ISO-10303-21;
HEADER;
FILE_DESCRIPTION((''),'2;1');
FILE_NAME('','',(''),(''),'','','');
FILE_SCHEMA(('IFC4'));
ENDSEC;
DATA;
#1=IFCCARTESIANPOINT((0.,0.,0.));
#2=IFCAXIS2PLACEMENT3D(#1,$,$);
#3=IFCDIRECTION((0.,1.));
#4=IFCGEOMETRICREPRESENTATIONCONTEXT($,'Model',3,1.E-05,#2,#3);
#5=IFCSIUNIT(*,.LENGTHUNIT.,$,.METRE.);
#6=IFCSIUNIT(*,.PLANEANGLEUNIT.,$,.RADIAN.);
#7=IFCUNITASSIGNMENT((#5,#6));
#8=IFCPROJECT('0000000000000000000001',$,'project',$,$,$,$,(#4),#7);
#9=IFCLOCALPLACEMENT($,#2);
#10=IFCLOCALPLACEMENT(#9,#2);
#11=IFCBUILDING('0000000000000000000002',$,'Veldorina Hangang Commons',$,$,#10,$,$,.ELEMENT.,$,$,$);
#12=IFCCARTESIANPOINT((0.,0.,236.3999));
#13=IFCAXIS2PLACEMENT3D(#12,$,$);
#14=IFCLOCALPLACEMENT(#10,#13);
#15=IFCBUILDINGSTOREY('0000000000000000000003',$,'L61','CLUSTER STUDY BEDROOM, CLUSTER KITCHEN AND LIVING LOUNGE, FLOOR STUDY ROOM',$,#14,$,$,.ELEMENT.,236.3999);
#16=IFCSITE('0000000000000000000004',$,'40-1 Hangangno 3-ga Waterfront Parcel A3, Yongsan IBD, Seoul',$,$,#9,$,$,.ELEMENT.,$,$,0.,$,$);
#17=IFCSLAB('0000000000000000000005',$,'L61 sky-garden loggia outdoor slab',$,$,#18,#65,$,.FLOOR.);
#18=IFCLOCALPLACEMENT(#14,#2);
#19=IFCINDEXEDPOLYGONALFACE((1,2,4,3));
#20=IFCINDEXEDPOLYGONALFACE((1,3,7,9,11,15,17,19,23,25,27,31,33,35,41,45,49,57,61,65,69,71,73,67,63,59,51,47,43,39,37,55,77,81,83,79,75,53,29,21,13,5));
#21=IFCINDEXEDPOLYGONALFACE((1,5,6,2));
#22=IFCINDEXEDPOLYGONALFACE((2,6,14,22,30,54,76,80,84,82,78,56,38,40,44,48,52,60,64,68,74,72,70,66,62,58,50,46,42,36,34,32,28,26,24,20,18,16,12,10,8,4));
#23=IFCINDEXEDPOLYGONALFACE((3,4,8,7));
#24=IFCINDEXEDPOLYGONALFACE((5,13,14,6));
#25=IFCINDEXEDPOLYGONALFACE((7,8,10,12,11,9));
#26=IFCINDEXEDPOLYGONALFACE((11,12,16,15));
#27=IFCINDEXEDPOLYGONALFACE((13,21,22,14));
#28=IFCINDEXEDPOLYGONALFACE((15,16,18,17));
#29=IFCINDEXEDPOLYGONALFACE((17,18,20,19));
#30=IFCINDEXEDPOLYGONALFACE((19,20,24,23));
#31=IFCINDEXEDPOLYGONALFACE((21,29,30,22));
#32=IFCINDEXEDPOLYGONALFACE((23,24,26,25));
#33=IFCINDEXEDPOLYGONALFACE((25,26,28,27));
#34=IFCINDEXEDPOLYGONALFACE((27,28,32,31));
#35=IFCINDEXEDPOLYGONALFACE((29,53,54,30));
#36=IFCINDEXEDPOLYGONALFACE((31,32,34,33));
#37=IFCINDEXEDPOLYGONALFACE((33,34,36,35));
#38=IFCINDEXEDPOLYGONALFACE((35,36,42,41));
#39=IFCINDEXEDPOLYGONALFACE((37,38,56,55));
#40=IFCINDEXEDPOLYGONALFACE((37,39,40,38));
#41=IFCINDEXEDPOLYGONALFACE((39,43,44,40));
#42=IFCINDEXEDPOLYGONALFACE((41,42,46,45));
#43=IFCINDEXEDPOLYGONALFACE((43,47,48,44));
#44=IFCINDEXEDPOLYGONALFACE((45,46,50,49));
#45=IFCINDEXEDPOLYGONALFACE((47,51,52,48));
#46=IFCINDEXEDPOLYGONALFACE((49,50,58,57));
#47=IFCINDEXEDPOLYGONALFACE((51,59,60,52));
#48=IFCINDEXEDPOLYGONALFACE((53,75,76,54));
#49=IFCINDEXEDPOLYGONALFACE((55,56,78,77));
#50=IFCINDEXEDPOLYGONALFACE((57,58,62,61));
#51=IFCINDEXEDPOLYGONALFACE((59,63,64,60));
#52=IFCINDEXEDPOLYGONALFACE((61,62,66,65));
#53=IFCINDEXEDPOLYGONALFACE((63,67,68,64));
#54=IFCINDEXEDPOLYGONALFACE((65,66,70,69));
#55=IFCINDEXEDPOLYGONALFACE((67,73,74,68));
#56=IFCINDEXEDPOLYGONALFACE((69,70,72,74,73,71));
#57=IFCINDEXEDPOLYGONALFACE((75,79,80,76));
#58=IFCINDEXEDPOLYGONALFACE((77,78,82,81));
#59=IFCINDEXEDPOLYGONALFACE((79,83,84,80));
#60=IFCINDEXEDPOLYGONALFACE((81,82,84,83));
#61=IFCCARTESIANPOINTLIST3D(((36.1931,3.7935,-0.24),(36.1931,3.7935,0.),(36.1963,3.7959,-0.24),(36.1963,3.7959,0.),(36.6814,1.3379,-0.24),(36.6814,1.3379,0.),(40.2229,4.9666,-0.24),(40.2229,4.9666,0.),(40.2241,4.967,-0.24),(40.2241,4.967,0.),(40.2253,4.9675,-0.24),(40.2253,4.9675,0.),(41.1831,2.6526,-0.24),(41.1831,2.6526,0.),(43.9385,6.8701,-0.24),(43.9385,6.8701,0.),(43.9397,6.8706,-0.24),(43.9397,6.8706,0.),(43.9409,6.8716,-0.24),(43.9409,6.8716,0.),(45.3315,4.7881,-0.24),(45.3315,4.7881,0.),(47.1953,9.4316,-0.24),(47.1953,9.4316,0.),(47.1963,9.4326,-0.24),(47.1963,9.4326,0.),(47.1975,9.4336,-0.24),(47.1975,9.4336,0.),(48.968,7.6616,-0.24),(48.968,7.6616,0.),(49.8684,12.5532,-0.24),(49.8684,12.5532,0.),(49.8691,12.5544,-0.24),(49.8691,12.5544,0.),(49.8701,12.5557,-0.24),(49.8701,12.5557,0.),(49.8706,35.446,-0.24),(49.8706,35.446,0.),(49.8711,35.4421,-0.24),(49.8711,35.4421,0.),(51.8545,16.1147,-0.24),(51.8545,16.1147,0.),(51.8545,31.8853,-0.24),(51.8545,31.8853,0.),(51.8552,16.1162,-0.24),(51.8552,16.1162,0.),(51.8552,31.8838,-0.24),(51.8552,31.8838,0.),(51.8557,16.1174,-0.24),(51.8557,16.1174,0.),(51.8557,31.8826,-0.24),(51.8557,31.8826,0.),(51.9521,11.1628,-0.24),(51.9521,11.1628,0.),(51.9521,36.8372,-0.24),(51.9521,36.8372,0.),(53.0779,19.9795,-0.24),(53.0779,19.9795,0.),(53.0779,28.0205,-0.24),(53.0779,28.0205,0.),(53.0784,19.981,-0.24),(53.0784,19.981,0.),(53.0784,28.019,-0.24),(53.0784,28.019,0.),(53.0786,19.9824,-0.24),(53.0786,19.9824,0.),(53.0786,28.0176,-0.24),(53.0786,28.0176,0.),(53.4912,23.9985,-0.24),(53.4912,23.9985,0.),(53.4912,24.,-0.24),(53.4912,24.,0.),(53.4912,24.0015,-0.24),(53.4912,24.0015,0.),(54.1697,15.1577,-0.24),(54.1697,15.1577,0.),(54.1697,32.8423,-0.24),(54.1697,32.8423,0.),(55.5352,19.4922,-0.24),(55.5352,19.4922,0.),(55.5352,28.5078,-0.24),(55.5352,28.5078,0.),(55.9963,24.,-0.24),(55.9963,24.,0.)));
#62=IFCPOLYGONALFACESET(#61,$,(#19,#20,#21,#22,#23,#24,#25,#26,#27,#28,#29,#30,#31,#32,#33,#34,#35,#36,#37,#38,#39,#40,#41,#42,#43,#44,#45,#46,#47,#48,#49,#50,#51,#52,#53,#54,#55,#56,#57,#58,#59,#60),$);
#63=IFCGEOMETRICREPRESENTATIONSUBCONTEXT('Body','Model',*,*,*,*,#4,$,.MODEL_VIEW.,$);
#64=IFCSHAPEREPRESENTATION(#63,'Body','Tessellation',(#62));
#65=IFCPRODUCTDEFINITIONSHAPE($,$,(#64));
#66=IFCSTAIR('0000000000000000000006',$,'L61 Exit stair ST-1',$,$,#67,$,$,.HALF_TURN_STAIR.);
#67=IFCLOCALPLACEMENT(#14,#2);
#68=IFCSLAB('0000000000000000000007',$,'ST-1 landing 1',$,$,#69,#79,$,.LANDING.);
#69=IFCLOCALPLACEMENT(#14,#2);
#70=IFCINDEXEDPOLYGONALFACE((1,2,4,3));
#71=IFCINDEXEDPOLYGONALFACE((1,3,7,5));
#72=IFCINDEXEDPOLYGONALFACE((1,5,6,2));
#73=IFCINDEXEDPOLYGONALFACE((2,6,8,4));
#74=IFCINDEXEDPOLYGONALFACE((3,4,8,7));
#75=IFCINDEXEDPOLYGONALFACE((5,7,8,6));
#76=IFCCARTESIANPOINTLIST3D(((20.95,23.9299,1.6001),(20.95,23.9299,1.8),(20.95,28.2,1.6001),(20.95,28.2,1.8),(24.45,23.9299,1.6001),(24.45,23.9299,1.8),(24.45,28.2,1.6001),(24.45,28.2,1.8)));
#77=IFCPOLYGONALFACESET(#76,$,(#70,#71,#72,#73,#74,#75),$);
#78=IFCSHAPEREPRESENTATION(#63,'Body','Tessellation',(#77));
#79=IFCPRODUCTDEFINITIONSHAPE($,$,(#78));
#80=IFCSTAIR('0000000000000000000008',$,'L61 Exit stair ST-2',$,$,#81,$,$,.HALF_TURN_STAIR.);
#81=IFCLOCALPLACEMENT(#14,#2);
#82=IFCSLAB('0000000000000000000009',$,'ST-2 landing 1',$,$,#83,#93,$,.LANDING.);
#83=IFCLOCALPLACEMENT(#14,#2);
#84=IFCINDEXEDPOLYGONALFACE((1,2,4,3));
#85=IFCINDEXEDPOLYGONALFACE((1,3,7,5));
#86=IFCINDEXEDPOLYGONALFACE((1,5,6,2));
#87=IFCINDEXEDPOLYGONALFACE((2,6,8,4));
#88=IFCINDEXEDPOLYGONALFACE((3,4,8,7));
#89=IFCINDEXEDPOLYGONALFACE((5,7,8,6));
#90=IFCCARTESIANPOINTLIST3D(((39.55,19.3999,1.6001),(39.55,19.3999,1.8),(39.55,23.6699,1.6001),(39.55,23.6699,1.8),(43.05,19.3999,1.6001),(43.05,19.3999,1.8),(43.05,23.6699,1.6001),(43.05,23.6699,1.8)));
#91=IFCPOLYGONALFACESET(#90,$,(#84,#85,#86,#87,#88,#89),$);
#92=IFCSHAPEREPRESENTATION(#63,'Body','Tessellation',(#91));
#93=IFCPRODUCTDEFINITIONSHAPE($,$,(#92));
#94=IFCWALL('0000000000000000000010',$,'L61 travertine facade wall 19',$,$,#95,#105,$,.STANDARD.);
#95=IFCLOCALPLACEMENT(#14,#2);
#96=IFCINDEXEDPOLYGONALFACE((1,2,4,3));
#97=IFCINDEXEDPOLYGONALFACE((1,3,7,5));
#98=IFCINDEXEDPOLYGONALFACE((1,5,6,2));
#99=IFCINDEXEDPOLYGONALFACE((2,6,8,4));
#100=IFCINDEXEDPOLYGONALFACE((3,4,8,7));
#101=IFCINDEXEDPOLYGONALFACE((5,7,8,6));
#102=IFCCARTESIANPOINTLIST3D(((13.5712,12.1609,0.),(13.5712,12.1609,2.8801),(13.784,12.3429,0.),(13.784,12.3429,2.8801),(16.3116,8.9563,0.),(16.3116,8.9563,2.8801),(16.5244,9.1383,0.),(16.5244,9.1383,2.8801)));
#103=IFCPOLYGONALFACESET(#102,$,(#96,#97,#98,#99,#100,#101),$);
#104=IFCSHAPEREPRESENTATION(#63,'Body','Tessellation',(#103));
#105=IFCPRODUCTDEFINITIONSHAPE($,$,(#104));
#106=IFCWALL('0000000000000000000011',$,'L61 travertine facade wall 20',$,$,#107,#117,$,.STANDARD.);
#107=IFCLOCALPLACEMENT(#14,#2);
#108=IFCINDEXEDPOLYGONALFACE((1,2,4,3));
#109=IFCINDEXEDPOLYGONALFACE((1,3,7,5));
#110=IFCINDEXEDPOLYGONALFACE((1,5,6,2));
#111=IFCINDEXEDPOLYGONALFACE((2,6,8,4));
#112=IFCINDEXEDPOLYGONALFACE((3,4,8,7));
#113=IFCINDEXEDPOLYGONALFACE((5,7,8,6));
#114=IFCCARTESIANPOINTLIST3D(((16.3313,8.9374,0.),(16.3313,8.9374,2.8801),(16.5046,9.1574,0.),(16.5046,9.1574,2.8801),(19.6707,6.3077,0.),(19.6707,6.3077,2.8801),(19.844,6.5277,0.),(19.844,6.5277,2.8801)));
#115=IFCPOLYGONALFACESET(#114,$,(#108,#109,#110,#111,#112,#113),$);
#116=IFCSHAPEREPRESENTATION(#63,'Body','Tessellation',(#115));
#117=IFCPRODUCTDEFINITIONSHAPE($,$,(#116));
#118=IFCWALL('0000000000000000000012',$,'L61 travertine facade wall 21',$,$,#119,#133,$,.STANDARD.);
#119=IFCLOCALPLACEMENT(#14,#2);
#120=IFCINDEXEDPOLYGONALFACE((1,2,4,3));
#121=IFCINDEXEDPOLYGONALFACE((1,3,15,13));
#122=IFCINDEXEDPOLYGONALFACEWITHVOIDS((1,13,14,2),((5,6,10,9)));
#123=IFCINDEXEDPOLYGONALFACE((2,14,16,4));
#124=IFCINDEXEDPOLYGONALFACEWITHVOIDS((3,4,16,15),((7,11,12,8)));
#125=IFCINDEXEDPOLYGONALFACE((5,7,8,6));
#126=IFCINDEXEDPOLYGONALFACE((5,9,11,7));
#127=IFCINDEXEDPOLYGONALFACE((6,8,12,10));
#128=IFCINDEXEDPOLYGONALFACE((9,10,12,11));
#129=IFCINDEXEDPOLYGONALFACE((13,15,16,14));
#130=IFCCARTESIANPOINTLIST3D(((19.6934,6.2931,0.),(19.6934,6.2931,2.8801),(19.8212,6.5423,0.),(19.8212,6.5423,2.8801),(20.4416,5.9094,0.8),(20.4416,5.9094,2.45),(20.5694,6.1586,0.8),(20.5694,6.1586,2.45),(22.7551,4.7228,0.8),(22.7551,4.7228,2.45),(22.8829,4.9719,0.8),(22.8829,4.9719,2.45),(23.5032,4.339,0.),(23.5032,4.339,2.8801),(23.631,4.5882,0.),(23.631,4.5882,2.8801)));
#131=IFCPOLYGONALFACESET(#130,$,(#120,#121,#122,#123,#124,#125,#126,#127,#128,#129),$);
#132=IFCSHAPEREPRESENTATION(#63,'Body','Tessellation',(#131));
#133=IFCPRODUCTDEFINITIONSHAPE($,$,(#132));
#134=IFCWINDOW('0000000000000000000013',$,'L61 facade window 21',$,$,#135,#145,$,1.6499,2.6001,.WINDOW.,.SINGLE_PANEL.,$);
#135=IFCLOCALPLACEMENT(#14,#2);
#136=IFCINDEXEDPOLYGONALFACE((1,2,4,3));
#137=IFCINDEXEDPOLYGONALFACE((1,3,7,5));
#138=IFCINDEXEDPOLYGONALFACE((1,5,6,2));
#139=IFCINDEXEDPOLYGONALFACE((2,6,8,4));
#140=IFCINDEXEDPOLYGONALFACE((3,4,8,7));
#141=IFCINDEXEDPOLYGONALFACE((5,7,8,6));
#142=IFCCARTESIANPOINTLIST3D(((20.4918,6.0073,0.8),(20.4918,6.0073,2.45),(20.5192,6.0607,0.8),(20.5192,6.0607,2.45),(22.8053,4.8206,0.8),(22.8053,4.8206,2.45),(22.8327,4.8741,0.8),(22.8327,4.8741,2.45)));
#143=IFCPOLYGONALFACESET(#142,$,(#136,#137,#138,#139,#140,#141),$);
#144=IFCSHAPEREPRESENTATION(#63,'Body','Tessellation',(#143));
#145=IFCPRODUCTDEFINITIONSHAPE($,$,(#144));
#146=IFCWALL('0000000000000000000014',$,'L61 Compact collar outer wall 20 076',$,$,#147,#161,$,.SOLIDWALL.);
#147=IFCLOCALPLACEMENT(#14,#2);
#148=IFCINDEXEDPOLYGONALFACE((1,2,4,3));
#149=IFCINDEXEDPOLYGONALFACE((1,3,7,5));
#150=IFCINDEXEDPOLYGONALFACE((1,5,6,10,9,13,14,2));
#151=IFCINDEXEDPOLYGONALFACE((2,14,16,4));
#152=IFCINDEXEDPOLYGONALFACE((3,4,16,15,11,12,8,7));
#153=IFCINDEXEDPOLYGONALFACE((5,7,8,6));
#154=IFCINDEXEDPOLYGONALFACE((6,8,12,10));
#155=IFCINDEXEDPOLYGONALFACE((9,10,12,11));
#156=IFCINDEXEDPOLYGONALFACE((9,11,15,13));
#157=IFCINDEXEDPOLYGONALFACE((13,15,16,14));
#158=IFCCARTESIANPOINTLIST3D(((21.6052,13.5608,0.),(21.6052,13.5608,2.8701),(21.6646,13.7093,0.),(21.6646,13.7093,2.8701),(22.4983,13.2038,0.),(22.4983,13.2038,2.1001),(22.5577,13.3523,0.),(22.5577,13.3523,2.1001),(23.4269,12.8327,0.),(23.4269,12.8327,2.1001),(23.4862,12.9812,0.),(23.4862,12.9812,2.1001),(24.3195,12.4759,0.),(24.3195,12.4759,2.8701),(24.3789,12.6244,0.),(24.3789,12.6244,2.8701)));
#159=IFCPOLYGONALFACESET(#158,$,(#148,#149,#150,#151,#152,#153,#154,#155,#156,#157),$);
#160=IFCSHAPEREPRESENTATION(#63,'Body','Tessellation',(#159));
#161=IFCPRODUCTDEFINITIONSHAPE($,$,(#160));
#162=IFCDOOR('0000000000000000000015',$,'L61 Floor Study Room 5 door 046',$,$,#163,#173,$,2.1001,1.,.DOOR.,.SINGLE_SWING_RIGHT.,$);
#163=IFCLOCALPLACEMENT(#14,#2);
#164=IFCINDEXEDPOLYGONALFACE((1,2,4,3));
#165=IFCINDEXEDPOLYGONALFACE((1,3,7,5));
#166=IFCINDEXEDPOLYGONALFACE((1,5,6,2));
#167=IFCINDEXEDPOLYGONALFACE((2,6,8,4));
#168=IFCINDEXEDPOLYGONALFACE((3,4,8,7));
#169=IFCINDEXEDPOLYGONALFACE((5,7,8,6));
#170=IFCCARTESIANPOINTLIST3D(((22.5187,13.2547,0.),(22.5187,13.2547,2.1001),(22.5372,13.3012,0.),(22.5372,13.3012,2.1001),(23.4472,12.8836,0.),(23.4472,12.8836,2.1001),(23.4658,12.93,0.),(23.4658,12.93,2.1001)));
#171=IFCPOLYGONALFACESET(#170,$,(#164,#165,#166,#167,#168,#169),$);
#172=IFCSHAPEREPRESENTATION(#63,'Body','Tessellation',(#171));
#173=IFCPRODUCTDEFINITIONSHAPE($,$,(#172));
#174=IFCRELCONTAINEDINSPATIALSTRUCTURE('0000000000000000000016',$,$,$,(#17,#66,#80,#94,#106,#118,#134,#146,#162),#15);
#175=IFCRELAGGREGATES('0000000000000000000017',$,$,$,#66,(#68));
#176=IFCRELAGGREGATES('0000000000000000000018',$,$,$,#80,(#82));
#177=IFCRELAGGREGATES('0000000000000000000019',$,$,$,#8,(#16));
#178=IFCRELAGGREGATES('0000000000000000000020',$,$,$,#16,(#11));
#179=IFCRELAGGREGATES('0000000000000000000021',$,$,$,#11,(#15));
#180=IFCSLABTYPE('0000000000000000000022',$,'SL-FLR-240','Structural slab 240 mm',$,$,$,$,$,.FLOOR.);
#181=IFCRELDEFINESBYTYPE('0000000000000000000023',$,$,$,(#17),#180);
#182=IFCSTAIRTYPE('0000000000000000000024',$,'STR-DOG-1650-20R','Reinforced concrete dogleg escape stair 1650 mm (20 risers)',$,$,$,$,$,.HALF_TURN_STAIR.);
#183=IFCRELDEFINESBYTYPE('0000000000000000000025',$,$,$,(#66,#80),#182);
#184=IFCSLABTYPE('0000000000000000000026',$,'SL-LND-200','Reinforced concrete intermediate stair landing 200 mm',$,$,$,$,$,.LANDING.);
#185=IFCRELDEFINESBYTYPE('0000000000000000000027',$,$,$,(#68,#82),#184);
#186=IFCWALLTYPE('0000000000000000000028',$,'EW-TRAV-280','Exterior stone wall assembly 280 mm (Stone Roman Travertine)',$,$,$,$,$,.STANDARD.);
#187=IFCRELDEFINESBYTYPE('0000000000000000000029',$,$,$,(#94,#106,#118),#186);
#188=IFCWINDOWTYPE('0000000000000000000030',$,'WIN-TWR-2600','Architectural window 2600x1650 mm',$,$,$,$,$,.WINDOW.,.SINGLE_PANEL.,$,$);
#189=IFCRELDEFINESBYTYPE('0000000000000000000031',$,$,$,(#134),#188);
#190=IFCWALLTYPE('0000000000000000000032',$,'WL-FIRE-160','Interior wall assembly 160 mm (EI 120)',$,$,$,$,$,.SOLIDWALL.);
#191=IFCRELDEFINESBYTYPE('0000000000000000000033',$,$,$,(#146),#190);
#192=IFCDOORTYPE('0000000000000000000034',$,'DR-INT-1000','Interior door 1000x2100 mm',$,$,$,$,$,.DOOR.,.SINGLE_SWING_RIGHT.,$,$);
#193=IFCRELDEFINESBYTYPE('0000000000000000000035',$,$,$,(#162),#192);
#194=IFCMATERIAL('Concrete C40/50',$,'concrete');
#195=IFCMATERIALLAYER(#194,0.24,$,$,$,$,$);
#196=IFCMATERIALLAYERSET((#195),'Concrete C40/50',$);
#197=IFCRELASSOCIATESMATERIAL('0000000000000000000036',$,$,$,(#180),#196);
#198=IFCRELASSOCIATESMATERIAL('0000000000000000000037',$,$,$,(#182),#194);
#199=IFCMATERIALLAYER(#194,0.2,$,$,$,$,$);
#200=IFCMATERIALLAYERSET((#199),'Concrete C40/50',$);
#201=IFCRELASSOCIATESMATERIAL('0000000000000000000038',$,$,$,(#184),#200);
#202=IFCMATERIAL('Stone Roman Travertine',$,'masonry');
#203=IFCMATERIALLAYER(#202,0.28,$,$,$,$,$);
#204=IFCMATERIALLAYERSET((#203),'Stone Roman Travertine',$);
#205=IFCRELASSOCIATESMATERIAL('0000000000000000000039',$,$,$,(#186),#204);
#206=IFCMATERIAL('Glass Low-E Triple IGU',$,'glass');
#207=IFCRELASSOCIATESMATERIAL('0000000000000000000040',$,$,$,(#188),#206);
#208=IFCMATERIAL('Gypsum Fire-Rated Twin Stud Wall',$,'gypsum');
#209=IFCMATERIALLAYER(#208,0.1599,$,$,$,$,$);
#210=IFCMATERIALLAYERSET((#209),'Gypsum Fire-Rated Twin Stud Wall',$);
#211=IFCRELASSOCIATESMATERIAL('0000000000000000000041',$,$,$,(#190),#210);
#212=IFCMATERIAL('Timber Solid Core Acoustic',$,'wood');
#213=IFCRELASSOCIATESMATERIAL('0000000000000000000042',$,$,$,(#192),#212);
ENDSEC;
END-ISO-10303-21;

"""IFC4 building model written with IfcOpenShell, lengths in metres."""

from ifc_helpers import new_model, si_unit, direction, frame, frame_2d, origin, place, context, subcontext, project, spatial, polyline, rectangle, outline, extrude, material, layer, layer_set, type_object, element, fill, aggregate, save


model = new_model("IFC4")

# Units and contexts
model_context = context("Model", 3, precision=1e-05, world=origin(), true_north=direction((0.0, 1.0)))
body_context = subcontext(model_context, "Body", "Model", "MODEL_VIEW")
ifc_project = project(units=[si_unit("LENGTHUNIT", "METRE"), si_unit("PLANEANGLEUNIT", "RADIAN")], contexts=[model_context])

# Site, building, storey
site_placement = place(None, origin())
site = spatial("IfcSite", under=ifc_project, at=site_placement, Name="40-1 Hangangno 3-ga Waterfront Parcel A3, Yongsan IBD, Seoul", CompositionType="ELEMENT", RefElevation=0.0)
building_placement = place(site_placement, origin())
building = spatial("IfcBuilding", under=site, at=building_placement, Name="Veldorina Hangang Commons", CompositionType="ELEMENT")
storey_placement = place(building_placement, frame((0.0, 0.0, 236.3999)))
storey = spatial("IfcBuildingStorey", under=building, at=storey_placement, Name="L61", Description="CLUSTER STUDY BEDROOM, CLUSTER KITCHEN AND LIVING LOUNGE, FLOOR STUDY ROOM", CompositionType="ELEMENT", Elevation=236.3999)

# Slab
ifc_material_1 = material(Name="Concrete C40/50", Category="concrete")
ifc_layer_1 = layer(ifc_material_1, 0.24)
ifc_layer_set_1 = layer_set([ifc_layer_1], Name="Concrete C40/50")
slab_type_1 = type_object("IfcSlabType", Name="SL-FLR-240", Description="Structural slab 240 mm", PredefinedType="FLOOR", material=ifc_layer_set_1)
slab_1_placement = place(storey_placement, frame((0.0, 0.0, -0.24)))
element("IfcSlab", 1, at=slab_1_placement, inside=storey, type_object=slab_type_1, Name="L61 sky-garden loggia outdoor slab", PredefinedType="FLOOR", context=body_context, shape_type="SweptSolid", body=[
    extrude(outline(polyline([(51.9521, 36.8372), (54.1697, 32.8423), (55.5352, 28.5078), (55.9963, 24.0), (55.5352, 19.4922), (54.1697, 15.1577), (51.9521, 11.1628), (48.968, 7.6616), (45.3315, 4.7881), (41.1831, 2.6526), (36.6814, 1.3379), (36.1931, 3.7935), (36.1963, 3.7959), (40.2229, 4.9666), (40.2241, 4.967), (40.2253, 4.9675), (43.9385, 6.8701), (43.9397, 6.8706), (43.9409, 6.8716), (47.1953, 9.4316), (47.1963, 9.4326), (47.1975, 9.4336), (49.8684, 12.5532), (49.8691, 12.5544), (49.8701, 12.5557), (51.8545, 16.1147), (51.8552, 16.1162), (51.8557, 16.1174), (53.0779, 19.9795), (53.0784, 19.981), (53.0786, 19.9824), (53.4912, 23.9985), (53.4912, 24.0), (53.4912, 24.0015), (53.0786, 28.0176), (53.0784, 28.019), (53.0779, 28.0205), (51.8557, 31.8826), (51.8552, 31.8838), (51.8545, 31.8853), (49.8711, 35.4421), (49.8706, 35.446), (51.9521, 36.8372)])), origin(), (0.0, 0.0, 1.0), 0.24),
])

# Stairs, slabs
stair_type = type_object("IfcStairType", Name="STR-DOG-1650-20R", Description="Reinforced concrete dogleg escape stair 1650 mm (20 risers)", PredefinedType="HALF_TURN_STAIR", material=ifc_material_1)
stair_1_placement = place(storey_placement, origin())
stair_1 = element("IfcStair", 2, at=stair_1_placement, inside=storey, type_object=stair_type, Name="L61 Exit stair ST-1", PredefinedType="HALF_TURN_STAIR")
ifc_layer_2 = layer(ifc_material_1, 0.2)
ifc_layer_set_2 = layer_set([ifc_layer_2], Name="Concrete C40/50")
slab_type_2 = type_object("IfcSlabType", Name="SL-LND-200", Description="Reinforced concrete intermediate stair landing 200 mm", PredefinedType="LANDING", material=ifc_layer_set_2)
slab_2_placement = place(storey_placement, frame((0.0, 0.0, 1.6001)))
slab_2 = element("IfcSlab", 3, at=slab_2_placement, type_object=slab_type_2, Name="ST-1 landing 1", PredefinedType="LANDING", context=body_context, shape_type="SweptSolid", body=[
    extrude(outline(polyline([(24.45, 23.9299), (24.45, 28.2), (20.95, 28.2), (20.95, 23.9299), (24.45, 23.9299)])), origin(), (0.0, 0.0, 1.0), 0.2),
])
aggregate(stair_1, [slab_2])
stair_2_placement = place(storey_placement, origin())
stair_2 = element("IfcStair", 4, at=stair_2_placement, inside=storey, type_object=stair_type, Name="L61 Exit stair ST-2", PredefinedType="HALF_TURN_STAIR")
slab_3_placement = place(storey_placement, frame((0.0, 0.0, 1.6001)))
slab_3 = element("IfcSlab", 5, at=slab_3_placement, type_object=slab_type_2, Name="ST-2 landing 1", PredefinedType="LANDING", context=body_context, shape_type="SweptSolid", body=[
    extrude(outline(polyline([(39.55, 23.6699), (39.55, 19.3999), (43.05, 19.3999), (43.05, 23.6699), (39.55, 23.6699)])), origin(), (0.0, 0.0, 1.0), 0.2),
])
aggregate(stair_2, [slab_3])

# Walls
ifc_material_2 = material(Name="Stone Roman Travertine", Category="masonry")
ifc_layer_3 = layer(ifc_material_2, 0.28)
ifc_layer_set_3 = layer_set([ifc_layer_3], Name="Stone Roman Travertine")
wall_type_1 = type_object("IfcWallType", Name="EW-TRAV-280", Description="Exterior stone wall assembly 280 mm (Stone Roman Travertine)", PredefinedType="STANDARD", material=ifc_layer_set_3)
wall_1_placement = place(storey_placement, frame((13.6775, 12.252, 0.0), z_axis=(0.0, 0.0, 1.0), x_axis=(0.649928, -0.759996, 0.0)))
element("IfcWall", 6, at=wall_1_placement, inside=storey, type_object=wall_type_1, Name="L61 travertine facade wall 19", PredefinedType="STANDARD", context=body_context, shape_type="SweptSolid", body=[
    extrude(rectangle(XDim=4.2166, YDim=0.28, at=frame_2d((2.1084, 0.0))), origin(), (0.0, 0.0, 1.0), 2.8801),
])
wall_2_placement = place(storey_placement, frame((16.418, 9.0474, 0.0), z_axis=(0.0, 0.0, 1.0), x_axis=(0.785648, -0.618674, 0.0)))
element("IfcWall", 7, at=wall_2_placement, inside=storey, type_object=wall_type_1, Name="L61 travertine facade wall 20", PredefinedType="STANDARD", context=body_context, shape_type="SweptSolid", body=[
    extrude(rectangle(XDim=4.2505, YDim=0.28, at=frame_2d((2.1252, 0.0))), origin(), (0.0, 0.0, 1.0), 2.8801),
])

# Wall, opening, window
wall_3_placement = place(storey_placement, frame((19.7573, 6.4177, 0.0), z_axis=(0.0, 0.0, 1.0), x_axis=(0.889784, -0.456381, 0.0)))
wall_3 = element("IfcWall", 8, at=wall_3_placement, inside=storey, type_object=wall_type_1, Name="L61 travertine facade wall 21", PredefinedType="STANDARD", context=body_context, shape_type="SweptSolid", body=[
    extrude(rectangle(XDim=4.2817, YDim=0.28, at=frame_2d((2.1409, 0.0))), origin(), (0.0, 0.0, 1.0), 2.8801),
])
opening_1_placement = place(wall_3_placement, frame((0.8408, 0.0, 0.8)))
opening_1 = element("IfcOpeningElement", 9, at=opening_1_placement, cuts=wall_3, PredefinedType="OPENING", context=body_context, shape_type="SweptSolid", body=[
    extrude(rectangle(XDim=2.6001, YDim=1.6499, at=frame_2d((1.3, 0.825))), frame((0.0, 0.1499, 0.0), z_axis=(0.0, -1.0, 0.0), x_axis=(1.0, 0.0, 0.0)), (0.0, 0.0, 1.0), 0.3),
])
ifc_material_3 = material(Name="Glass Low-E Triple IGU", Category="glass")
window_type = type_object("IfcWindowType", Name="WIN-TWR-2600", Description="Architectural window 2600x1650 mm", PartitioningType="SINGLE_PANEL", PredefinedType="WINDOW", material=ifc_material_3)
window_placement = place(opening_1_placement, origin())
window = element("IfcWindow", 10, at=window_placement, inside=storey, type_object=window_type, Name="L61 facade window 21", OverallHeight=1.6499, OverallWidth=2.6001, PartitioningType="SINGLE_PANEL", PredefinedType="WINDOW", context=body_context, shape_type="SweptSolid", body=[
    extrude(rectangle(XDim=2.6001, YDim=1.6499, at=frame_2d((1.3, 0.825))), frame((0.0, 0.03, 0.0), z_axis=(0.0, -1.0, 0.0), x_axis=(1.0, 0.0, 0.0)), (0.0, 0.0, 1.0), 0.0601),
])
fill(opening_1, window)

# Wall, opening, door
ifc_material_4 = material(Name="Gypsum Fire-Rated Twin Stud Wall", Category="gypsum")
ifc_layer_4 = layer(ifc_material_4, 0.1599)
ifc_layer_set_4 = layer_set([ifc_layer_4], Name="Gypsum Fire-Rated Twin Stud Wall")
wall_type_2 = type_object("IfcWallType", Name="WL-FIRE-160", Description="Interior wall assembly 160 mm (EI 120)", PredefinedType="SOLIDWALL", material=ifc_layer_set_4)
wall_4_placement = place(storey_placement, frame((21.635, 13.635, 0.0), z_axis=(0.0, 0.0, 1.0), x_axis=(0.928569, -0.37116, 0.0)))
wall_4 = element("IfcWall", 11, at=wall_4_placement, inside=storey, type_object=wall_type_2, Name="L61 Compact collar outer wall 20 076", PredefinedType="SOLIDWALL", context=body_context, shape_type="SweptSolid", body=[
    extrude(rectangle(XDim=2.9231, YDim=0.1599, at=frame_2d((1.4614, 0.0))), origin(), (0.0, 0.0, 1.0), 2.8701),
])
opening_2_placement = place(wall_4_placement, frame((0.9617, 0.0, 0.0)))
opening_2 = element("IfcOpeningElement", 12, at=opening_2_placement, cuts=wall_4, PredefinedType="OPENING", context=body_context, shape_type="SweptSolid", body=[
    extrude(rectangle(XDim=1.0, YDim=2.1001, at=frame_2d((0.5, 1.05))), frame((0.0, 0.0898, 0.0), z_axis=(0.0, -1.0, 0.0), x_axis=(1.0, 0.0, 0.0)), (0.0, 0.0, 1.0), 0.1799),
])
ifc_material_5 = material(Name="Timber Solid Core Acoustic", Category="wood")
door_type = type_object("IfcDoorType", Name="DR-INT-1000", Description="Interior door 1000x2100 mm", OperationType="SINGLE_SWING_RIGHT", PredefinedType="DOOR", material=ifc_material_5)
door_placement = place(opening_2_placement, origin())
door = element("IfcDoor", 13, at=door_placement, inside=storey, type_object=door_type, Name="L61 Floor Study Room 5 door 046", OperationType="SINGLE_SWING_RIGHT", OverallHeight=2.1001, OverallWidth=1.0, PredefinedType="DOOR", context=body_context, shape_type="SweptSolid", body=[
    extrude(rectangle(XDim=1.0, YDim=2.1001, at=frame_2d((0.5, 1.05))), frame((0.0, 0.0249, 0.0), z_axis=(0.0, -1.0, 0.0), x_axis=(1.0, 0.0, 0.0)), (0.0, 0.0, 1.0), 0.05),
])
fill(opening_2, door)

save(model, "model.ifc")
